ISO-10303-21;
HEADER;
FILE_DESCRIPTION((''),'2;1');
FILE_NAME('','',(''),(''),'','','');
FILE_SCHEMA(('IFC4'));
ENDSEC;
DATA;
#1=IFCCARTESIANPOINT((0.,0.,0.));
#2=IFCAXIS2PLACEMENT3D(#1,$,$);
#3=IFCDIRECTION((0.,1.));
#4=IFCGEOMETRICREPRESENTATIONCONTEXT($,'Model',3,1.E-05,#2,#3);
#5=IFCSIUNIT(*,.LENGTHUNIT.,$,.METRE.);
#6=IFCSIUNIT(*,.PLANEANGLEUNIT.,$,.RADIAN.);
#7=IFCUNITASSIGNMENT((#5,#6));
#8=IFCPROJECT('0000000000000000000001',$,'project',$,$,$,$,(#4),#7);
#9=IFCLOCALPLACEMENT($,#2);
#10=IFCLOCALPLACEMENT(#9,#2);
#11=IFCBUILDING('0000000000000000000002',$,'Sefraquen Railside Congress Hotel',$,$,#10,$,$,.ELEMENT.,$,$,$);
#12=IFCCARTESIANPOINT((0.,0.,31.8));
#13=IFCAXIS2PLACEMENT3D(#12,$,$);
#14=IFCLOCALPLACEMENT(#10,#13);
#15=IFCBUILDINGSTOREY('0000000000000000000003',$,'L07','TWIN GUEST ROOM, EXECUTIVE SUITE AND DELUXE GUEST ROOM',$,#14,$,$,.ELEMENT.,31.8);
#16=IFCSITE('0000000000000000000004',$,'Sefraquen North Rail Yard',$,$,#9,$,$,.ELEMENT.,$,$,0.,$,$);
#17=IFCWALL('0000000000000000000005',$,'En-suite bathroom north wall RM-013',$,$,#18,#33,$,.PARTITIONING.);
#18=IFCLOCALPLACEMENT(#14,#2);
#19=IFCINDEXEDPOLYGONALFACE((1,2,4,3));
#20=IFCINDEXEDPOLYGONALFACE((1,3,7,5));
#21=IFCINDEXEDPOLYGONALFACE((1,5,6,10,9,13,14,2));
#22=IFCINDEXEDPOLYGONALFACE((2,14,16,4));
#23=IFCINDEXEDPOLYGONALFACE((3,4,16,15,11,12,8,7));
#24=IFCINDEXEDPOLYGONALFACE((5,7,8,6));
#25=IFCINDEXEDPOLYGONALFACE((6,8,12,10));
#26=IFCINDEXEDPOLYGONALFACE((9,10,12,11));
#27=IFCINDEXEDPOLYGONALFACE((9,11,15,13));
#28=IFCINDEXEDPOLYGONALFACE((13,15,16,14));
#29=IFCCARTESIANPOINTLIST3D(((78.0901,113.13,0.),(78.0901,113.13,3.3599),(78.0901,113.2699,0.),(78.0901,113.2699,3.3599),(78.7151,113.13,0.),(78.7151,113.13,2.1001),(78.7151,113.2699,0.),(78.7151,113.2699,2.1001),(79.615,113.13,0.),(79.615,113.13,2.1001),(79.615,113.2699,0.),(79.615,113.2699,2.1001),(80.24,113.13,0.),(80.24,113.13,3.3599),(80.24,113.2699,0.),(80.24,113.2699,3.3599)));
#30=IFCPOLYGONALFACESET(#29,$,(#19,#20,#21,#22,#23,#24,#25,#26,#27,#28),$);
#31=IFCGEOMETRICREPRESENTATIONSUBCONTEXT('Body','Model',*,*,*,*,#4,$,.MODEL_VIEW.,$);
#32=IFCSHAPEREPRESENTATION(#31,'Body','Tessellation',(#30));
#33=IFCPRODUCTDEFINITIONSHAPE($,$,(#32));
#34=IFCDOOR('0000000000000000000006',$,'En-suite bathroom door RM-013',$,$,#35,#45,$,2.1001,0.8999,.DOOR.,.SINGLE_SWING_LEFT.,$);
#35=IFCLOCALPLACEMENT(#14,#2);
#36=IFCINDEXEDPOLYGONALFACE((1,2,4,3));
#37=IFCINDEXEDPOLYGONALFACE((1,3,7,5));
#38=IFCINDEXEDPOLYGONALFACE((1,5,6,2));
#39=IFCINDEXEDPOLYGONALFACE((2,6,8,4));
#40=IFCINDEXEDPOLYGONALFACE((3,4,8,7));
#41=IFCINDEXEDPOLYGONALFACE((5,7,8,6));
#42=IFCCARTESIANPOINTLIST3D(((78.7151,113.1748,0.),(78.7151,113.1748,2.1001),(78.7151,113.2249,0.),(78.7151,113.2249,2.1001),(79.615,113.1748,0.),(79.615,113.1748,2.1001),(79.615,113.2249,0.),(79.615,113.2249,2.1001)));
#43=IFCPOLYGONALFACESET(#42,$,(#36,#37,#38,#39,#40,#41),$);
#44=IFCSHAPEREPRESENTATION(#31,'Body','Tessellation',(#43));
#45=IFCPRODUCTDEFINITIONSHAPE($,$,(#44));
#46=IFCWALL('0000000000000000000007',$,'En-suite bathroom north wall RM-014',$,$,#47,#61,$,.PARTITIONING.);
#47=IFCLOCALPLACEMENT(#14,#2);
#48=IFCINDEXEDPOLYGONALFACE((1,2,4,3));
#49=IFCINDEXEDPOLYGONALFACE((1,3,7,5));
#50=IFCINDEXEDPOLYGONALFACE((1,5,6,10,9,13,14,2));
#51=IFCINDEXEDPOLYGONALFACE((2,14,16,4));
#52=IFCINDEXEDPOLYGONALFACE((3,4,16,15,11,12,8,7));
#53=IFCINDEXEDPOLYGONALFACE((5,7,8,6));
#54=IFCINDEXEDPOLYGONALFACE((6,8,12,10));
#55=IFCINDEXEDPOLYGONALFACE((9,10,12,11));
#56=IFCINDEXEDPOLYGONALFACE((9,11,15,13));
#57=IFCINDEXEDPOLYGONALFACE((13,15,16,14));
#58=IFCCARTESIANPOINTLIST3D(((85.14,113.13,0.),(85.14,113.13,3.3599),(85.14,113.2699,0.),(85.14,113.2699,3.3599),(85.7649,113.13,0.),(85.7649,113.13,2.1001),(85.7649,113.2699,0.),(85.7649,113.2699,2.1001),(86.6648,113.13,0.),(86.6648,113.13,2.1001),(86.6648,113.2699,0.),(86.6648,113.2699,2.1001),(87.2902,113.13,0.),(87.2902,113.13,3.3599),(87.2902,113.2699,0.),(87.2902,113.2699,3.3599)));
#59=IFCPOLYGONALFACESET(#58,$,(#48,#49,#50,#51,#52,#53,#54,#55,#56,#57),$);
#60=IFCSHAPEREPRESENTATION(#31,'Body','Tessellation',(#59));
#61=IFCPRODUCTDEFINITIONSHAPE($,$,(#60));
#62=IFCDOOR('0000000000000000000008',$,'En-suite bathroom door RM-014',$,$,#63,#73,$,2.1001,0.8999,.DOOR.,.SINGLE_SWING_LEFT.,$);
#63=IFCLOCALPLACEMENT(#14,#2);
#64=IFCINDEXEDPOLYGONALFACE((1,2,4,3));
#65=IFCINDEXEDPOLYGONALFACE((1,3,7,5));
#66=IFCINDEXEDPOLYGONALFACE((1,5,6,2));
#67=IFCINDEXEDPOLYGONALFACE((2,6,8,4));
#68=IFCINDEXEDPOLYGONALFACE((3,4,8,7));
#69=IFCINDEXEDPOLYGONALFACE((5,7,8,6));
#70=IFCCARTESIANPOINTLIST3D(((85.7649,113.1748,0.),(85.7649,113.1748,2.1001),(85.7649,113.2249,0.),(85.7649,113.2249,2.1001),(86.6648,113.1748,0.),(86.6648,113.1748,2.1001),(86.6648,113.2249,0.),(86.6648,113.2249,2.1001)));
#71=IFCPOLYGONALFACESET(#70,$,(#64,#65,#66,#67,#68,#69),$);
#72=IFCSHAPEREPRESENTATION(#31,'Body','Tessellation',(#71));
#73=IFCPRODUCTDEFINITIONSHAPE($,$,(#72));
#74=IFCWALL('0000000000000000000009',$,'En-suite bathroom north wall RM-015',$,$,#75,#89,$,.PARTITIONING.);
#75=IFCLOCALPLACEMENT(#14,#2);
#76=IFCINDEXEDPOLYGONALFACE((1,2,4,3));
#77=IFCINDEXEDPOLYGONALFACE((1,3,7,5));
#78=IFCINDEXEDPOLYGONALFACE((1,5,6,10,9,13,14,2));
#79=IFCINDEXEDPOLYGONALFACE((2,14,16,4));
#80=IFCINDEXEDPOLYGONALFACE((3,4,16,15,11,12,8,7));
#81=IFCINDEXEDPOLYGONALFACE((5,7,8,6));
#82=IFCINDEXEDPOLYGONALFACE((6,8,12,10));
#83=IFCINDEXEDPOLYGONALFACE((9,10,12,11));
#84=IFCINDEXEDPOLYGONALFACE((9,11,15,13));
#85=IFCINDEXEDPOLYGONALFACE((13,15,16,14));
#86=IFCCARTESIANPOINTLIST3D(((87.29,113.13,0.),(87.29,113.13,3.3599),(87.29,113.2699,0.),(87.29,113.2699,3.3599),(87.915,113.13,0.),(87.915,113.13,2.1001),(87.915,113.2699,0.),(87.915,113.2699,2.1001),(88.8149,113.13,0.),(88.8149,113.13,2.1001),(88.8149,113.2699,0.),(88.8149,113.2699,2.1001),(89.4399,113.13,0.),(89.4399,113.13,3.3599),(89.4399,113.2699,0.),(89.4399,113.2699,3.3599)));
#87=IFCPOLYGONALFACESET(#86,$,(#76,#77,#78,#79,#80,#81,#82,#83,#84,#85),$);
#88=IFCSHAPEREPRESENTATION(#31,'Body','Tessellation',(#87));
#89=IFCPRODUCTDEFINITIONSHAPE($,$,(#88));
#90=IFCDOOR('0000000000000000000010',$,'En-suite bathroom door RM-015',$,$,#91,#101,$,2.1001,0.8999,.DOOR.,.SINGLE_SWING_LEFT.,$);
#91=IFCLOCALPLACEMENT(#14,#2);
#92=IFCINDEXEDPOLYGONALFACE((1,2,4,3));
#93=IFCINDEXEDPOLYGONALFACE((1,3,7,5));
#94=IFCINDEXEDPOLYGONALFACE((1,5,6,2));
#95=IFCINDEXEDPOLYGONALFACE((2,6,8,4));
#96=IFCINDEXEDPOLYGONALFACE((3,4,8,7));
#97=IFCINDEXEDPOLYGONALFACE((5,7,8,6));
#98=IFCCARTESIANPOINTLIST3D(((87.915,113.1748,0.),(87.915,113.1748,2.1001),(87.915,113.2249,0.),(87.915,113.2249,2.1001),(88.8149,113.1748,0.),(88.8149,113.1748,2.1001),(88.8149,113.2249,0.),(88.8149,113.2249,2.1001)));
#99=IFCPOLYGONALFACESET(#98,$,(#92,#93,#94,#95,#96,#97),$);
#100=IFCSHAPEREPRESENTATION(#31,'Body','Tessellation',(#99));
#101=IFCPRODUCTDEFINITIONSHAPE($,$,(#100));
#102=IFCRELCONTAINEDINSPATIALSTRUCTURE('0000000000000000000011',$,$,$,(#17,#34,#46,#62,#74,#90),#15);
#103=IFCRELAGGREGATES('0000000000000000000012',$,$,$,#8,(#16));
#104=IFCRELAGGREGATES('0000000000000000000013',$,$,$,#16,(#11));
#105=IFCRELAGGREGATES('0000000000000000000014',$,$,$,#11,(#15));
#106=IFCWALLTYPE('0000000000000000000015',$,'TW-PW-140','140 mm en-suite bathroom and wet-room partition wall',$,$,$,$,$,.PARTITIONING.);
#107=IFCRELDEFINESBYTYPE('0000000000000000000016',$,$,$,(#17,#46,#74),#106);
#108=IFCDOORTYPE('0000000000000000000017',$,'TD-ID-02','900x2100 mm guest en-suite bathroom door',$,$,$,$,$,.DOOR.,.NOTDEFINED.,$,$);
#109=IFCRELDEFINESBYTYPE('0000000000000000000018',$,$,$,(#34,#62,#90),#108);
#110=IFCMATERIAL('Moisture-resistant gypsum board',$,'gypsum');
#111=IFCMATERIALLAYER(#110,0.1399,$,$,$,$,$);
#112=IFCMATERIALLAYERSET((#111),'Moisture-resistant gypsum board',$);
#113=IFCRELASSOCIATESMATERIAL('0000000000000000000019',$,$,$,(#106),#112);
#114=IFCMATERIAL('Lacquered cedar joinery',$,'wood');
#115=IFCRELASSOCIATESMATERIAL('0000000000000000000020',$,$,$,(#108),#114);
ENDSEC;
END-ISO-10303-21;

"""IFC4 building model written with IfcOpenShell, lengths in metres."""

from ifc_helpers import new_model, si_unit, direction, frame, frame_2d, origin, place, context, subcontext, project, spatial, rectangle, extrude, material, layer, layer_set, type_object, element, fill, save


model = new_model("IFC4")

# Units and contexts
model_context = context("Model", 3, precision=1e-05, world=origin(), true_north=direction((0.0, 1.0)))
body_context = subcontext(model_context, "Body", "Model", "MODEL_VIEW")
ifc_project = project(units=[si_unit("LENGTHUNIT", "METRE"), si_unit("PLANEANGLEUNIT", "RADIAN")], contexts=[model_context])

# Site, building, storey
site_placement = place(None, origin())
site = spatial("IfcSite", under=ifc_project, at=site_placement, Name="Sefraquen North Rail Yard", CompositionType="ELEMENT", RefElevation=0.0)
building_placement = place(site_placement, origin())
building = spatial("IfcBuilding", under=site, at=building_placement, Name="Sefraquen Railside Congress Hotel", CompositionType="ELEMENT")
storey_placement = place(building_placement, frame((0.0, 0.0, 31.8)))
storey = spatial("IfcBuildingStorey", under=building, at=storey_placement, Name="L07", Description="TWIN GUEST ROOM, EXECUTIVE SUITE AND DELUXE GUEST ROOM", CompositionType="ELEMENT", Elevation=31.8)

# Walls, openings, doors
ifc_material_1 = material(Name="Moisture-resistant gypsum board", Category="gypsum")
ifc_layer = layer(ifc_material_1, 0.1399)
ifc_layer_set = layer_set([ifc_layer], Name="Moisture-resistant gypsum board")
wall_type = type_object("IfcWallType", Name="TW-PW-140", Description="140 mm en-suite bathroom and wet-room partition wall", PredefinedType="PARTITIONING", material=ifc_layer_set)
wall_1_placement = place(storey_placement, frame((78.0901, 113.2, 0.0), z_axis=(0.0, 0.0, 1.0), x_axis=(1.0, 0.0, 0.0)))
wall_1 = element("IfcWall", 1, at=wall_1_placement, inside=storey, type_object=wall_type, Name="En-suite bathroom north wall RM-013", PredefinedType="PARTITIONING", context=body_context, shape_type="SweptSolid", body=[
    extrude(rectangle(XDim=2.1499, YDim=0.1399, at=frame_2d((1.075, 0.0))), origin(), (0.0, 0.0, 1.0), 3.3599),
])
opening_1_placement = place(wall_1_placement, frame((0.625, 0.0, 0.0)))
opening_1 = element("IfcOpeningElement", 2, at=opening_1_placement, cuts=wall_1, PredefinedType="OPENING", context=body_context, shape_type="SweptSolid", body=[
    extrude(rectangle(XDim=0.8999, YDim=2.1001, at=frame_2d((0.45, 1.05))), frame((0.0, 0.0798, 0.0), z_axis=(0.0, -1.0, 0.0), x_axis=(1.0, 0.0, 0.0)), (0.0, 0.0, 1.0), 0.1599),
])
ifc_material_2 = material(Name="Lacquered cedar joinery", Category="wood")
door_type = type_object("IfcDoorType", Name="TD-ID-02", Description="900x2100 mm guest en-suite bathroom door", OperationType="NOTDEFINED", PredefinedType="DOOR", material=ifc_material_2)
door_1_placement = place(opening_1_placement, origin())
door_1 = element("IfcDoor", 3, at=door_1_placement, inside=storey, type_object=door_type, Name="En-suite bathroom door RM-013", OperationType="SINGLE_SWING_LEFT", OverallHeight=2.1001, OverallWidth=0.8999, PredefinedType="DOOR", context=body_context, shape_type="SweptSolid", body=[
    extrude(rectangle(XDim=0.8999, YDim=2.1001, at=frame_2d((0.45, 1.05))), frame((0.0, 0.0249, 0.0), z_axis=(0.0, -1.0, 0.0), x_axis=(1.0, 0.0, 0.0)), (0.0, 0.0, 1.0), 0.05),
])
fill(opening_1, door_1)
wall_2_placement = place(storey_placement, frame((85.1399, 113.2, 0.0), z_axis=(0.0, 0.0, 1.0), x_axis=(1.0, 0.0, 0.0)))
wall_2 = element("IfcWall", 4, at=wall_2_placement, inside=storey, type_object=wall_type, Name="En-suite bathroom north wall RM-014", PredefinedType="PARTITIONING", context=body_context, shape_type="SweptSolid", body=[
    extrude(rectangle(XDim=2.1501, YDim=0.1399, at=frame_2d((1.0752, 0.0))), origin(), (0.0, 0.0, 1.0), 3.3599),
])
opening_2_placement = place(wall_2_placement, frame((0.625, 0.0, 0.0)))
opening_2 = element("IfcOpeningElement", 5, at=opening_2_placement, cuts=wall_2, PredefinedType="OPENING", context=body_context, shape_type="SweptSolid", body=[
    extrude(rectangle(XDim=0.8999, YDim=2.1001, at=frame_2d((0.45, 1.05))), frame((0.0, 0.0798, 0.0), z_axis=(0.0, -1.0, 0.0), x_axis=(1.0, 0.0, 0.0)), (0.0, 0.0, 1.0), 0.1599),
])
door_2_placement = place(opening_2_placement, origin())
door_2 = element("IfcDoor", 6, at=door_2_placement, inside=storey, type_object=door_type, Name="En-suite bathroom door RM-014", OperationType="SINGLE_SWING_LEFT", OverallHeight=2.1001, OverallWidth=0.8999, PredefinedType="DOOR", context=body_context, shape_type="SweptSolid", body=[
    extrude(rectangle(XDim=0.8999, YDim=2.1001, at=frame_2d((0.45, 1.05))), frame((0.0, 0.0249, 0.0), z_axis=(0.0, -1.0, 0.0), x_axis=(1.0, 0.0, 0.0)), (0.0, 0.0, 1.0), 0.05),
])
fill(opening_2, door_2)
wall_3_placement = place(storey_placement, frame((87.29, 113.2, 0.0), z_axis=(0.0, 0.0, 1.0), x_axis=(1.0, 0.0, 0.0)))
wall_3 = element("IfcWall", 7, at=wall_3_placement, inside=storey, type_object=wall_type, Name="En-suite bathroom north wall RM-015", PredefinedType="PARTITIONING", context=body_context, shape_type="SweptSolid", body=[
    extrude(rectangle(XDim=2.1499, YDim=0.1399, at=frame_2d((1.075, 0.0))), origin(), (0.0, 0.0, 1.0), 3.3599),
])
opening_3_placement = place(wall_3_placement, frame((0.625, 0.0, 0.0)))
opening_3 = element("IfcOpeningElement", 8, at=opening_3_placement, cuts=wall_3, PredefinedType="OPENING", context=body_context, shape_type="SweptSolid", body=[
    extrude(rectangle(XDim=0.8999, YDim=2.1001, at=frame_2d((0.45, 1.05))), frame((0.0, 0.0798, 0.0), z_axis=(0.0, -1.0, 0.0), x_axis=(1.0, 0.0, 0.0)), (0.0, 0.0, 1.0), 0.1599),
])
door_3_placement = place(opening_3_placement, origin())
door_3 = element("IfcDoor", 9, at=door_3_placement, inside=storey, type_object=door_type, Name="En-suite bathroom door RM-015", OperationType="SINGLE_SWING_LEFT", OverallHeight=2.1001, OverallWidth=0.8999, PredefinedType="DOOR", context=body_context, shape_type="SweptSolid", body=[
    extrude(rectangle(XDim=0.8999, YDim=2.1001, at=frame_2d((0.45, 1.05))), frame((0.0, 0.0249, 0.0), z_axis=(0.0, -1.0, 0.0), x_axis=(1.0, 0.0, 0.0)), (0.0, 0.0, 1.0), 0.05),
])
fill(opening_3, door_3)

save(model, "model.ifc")
